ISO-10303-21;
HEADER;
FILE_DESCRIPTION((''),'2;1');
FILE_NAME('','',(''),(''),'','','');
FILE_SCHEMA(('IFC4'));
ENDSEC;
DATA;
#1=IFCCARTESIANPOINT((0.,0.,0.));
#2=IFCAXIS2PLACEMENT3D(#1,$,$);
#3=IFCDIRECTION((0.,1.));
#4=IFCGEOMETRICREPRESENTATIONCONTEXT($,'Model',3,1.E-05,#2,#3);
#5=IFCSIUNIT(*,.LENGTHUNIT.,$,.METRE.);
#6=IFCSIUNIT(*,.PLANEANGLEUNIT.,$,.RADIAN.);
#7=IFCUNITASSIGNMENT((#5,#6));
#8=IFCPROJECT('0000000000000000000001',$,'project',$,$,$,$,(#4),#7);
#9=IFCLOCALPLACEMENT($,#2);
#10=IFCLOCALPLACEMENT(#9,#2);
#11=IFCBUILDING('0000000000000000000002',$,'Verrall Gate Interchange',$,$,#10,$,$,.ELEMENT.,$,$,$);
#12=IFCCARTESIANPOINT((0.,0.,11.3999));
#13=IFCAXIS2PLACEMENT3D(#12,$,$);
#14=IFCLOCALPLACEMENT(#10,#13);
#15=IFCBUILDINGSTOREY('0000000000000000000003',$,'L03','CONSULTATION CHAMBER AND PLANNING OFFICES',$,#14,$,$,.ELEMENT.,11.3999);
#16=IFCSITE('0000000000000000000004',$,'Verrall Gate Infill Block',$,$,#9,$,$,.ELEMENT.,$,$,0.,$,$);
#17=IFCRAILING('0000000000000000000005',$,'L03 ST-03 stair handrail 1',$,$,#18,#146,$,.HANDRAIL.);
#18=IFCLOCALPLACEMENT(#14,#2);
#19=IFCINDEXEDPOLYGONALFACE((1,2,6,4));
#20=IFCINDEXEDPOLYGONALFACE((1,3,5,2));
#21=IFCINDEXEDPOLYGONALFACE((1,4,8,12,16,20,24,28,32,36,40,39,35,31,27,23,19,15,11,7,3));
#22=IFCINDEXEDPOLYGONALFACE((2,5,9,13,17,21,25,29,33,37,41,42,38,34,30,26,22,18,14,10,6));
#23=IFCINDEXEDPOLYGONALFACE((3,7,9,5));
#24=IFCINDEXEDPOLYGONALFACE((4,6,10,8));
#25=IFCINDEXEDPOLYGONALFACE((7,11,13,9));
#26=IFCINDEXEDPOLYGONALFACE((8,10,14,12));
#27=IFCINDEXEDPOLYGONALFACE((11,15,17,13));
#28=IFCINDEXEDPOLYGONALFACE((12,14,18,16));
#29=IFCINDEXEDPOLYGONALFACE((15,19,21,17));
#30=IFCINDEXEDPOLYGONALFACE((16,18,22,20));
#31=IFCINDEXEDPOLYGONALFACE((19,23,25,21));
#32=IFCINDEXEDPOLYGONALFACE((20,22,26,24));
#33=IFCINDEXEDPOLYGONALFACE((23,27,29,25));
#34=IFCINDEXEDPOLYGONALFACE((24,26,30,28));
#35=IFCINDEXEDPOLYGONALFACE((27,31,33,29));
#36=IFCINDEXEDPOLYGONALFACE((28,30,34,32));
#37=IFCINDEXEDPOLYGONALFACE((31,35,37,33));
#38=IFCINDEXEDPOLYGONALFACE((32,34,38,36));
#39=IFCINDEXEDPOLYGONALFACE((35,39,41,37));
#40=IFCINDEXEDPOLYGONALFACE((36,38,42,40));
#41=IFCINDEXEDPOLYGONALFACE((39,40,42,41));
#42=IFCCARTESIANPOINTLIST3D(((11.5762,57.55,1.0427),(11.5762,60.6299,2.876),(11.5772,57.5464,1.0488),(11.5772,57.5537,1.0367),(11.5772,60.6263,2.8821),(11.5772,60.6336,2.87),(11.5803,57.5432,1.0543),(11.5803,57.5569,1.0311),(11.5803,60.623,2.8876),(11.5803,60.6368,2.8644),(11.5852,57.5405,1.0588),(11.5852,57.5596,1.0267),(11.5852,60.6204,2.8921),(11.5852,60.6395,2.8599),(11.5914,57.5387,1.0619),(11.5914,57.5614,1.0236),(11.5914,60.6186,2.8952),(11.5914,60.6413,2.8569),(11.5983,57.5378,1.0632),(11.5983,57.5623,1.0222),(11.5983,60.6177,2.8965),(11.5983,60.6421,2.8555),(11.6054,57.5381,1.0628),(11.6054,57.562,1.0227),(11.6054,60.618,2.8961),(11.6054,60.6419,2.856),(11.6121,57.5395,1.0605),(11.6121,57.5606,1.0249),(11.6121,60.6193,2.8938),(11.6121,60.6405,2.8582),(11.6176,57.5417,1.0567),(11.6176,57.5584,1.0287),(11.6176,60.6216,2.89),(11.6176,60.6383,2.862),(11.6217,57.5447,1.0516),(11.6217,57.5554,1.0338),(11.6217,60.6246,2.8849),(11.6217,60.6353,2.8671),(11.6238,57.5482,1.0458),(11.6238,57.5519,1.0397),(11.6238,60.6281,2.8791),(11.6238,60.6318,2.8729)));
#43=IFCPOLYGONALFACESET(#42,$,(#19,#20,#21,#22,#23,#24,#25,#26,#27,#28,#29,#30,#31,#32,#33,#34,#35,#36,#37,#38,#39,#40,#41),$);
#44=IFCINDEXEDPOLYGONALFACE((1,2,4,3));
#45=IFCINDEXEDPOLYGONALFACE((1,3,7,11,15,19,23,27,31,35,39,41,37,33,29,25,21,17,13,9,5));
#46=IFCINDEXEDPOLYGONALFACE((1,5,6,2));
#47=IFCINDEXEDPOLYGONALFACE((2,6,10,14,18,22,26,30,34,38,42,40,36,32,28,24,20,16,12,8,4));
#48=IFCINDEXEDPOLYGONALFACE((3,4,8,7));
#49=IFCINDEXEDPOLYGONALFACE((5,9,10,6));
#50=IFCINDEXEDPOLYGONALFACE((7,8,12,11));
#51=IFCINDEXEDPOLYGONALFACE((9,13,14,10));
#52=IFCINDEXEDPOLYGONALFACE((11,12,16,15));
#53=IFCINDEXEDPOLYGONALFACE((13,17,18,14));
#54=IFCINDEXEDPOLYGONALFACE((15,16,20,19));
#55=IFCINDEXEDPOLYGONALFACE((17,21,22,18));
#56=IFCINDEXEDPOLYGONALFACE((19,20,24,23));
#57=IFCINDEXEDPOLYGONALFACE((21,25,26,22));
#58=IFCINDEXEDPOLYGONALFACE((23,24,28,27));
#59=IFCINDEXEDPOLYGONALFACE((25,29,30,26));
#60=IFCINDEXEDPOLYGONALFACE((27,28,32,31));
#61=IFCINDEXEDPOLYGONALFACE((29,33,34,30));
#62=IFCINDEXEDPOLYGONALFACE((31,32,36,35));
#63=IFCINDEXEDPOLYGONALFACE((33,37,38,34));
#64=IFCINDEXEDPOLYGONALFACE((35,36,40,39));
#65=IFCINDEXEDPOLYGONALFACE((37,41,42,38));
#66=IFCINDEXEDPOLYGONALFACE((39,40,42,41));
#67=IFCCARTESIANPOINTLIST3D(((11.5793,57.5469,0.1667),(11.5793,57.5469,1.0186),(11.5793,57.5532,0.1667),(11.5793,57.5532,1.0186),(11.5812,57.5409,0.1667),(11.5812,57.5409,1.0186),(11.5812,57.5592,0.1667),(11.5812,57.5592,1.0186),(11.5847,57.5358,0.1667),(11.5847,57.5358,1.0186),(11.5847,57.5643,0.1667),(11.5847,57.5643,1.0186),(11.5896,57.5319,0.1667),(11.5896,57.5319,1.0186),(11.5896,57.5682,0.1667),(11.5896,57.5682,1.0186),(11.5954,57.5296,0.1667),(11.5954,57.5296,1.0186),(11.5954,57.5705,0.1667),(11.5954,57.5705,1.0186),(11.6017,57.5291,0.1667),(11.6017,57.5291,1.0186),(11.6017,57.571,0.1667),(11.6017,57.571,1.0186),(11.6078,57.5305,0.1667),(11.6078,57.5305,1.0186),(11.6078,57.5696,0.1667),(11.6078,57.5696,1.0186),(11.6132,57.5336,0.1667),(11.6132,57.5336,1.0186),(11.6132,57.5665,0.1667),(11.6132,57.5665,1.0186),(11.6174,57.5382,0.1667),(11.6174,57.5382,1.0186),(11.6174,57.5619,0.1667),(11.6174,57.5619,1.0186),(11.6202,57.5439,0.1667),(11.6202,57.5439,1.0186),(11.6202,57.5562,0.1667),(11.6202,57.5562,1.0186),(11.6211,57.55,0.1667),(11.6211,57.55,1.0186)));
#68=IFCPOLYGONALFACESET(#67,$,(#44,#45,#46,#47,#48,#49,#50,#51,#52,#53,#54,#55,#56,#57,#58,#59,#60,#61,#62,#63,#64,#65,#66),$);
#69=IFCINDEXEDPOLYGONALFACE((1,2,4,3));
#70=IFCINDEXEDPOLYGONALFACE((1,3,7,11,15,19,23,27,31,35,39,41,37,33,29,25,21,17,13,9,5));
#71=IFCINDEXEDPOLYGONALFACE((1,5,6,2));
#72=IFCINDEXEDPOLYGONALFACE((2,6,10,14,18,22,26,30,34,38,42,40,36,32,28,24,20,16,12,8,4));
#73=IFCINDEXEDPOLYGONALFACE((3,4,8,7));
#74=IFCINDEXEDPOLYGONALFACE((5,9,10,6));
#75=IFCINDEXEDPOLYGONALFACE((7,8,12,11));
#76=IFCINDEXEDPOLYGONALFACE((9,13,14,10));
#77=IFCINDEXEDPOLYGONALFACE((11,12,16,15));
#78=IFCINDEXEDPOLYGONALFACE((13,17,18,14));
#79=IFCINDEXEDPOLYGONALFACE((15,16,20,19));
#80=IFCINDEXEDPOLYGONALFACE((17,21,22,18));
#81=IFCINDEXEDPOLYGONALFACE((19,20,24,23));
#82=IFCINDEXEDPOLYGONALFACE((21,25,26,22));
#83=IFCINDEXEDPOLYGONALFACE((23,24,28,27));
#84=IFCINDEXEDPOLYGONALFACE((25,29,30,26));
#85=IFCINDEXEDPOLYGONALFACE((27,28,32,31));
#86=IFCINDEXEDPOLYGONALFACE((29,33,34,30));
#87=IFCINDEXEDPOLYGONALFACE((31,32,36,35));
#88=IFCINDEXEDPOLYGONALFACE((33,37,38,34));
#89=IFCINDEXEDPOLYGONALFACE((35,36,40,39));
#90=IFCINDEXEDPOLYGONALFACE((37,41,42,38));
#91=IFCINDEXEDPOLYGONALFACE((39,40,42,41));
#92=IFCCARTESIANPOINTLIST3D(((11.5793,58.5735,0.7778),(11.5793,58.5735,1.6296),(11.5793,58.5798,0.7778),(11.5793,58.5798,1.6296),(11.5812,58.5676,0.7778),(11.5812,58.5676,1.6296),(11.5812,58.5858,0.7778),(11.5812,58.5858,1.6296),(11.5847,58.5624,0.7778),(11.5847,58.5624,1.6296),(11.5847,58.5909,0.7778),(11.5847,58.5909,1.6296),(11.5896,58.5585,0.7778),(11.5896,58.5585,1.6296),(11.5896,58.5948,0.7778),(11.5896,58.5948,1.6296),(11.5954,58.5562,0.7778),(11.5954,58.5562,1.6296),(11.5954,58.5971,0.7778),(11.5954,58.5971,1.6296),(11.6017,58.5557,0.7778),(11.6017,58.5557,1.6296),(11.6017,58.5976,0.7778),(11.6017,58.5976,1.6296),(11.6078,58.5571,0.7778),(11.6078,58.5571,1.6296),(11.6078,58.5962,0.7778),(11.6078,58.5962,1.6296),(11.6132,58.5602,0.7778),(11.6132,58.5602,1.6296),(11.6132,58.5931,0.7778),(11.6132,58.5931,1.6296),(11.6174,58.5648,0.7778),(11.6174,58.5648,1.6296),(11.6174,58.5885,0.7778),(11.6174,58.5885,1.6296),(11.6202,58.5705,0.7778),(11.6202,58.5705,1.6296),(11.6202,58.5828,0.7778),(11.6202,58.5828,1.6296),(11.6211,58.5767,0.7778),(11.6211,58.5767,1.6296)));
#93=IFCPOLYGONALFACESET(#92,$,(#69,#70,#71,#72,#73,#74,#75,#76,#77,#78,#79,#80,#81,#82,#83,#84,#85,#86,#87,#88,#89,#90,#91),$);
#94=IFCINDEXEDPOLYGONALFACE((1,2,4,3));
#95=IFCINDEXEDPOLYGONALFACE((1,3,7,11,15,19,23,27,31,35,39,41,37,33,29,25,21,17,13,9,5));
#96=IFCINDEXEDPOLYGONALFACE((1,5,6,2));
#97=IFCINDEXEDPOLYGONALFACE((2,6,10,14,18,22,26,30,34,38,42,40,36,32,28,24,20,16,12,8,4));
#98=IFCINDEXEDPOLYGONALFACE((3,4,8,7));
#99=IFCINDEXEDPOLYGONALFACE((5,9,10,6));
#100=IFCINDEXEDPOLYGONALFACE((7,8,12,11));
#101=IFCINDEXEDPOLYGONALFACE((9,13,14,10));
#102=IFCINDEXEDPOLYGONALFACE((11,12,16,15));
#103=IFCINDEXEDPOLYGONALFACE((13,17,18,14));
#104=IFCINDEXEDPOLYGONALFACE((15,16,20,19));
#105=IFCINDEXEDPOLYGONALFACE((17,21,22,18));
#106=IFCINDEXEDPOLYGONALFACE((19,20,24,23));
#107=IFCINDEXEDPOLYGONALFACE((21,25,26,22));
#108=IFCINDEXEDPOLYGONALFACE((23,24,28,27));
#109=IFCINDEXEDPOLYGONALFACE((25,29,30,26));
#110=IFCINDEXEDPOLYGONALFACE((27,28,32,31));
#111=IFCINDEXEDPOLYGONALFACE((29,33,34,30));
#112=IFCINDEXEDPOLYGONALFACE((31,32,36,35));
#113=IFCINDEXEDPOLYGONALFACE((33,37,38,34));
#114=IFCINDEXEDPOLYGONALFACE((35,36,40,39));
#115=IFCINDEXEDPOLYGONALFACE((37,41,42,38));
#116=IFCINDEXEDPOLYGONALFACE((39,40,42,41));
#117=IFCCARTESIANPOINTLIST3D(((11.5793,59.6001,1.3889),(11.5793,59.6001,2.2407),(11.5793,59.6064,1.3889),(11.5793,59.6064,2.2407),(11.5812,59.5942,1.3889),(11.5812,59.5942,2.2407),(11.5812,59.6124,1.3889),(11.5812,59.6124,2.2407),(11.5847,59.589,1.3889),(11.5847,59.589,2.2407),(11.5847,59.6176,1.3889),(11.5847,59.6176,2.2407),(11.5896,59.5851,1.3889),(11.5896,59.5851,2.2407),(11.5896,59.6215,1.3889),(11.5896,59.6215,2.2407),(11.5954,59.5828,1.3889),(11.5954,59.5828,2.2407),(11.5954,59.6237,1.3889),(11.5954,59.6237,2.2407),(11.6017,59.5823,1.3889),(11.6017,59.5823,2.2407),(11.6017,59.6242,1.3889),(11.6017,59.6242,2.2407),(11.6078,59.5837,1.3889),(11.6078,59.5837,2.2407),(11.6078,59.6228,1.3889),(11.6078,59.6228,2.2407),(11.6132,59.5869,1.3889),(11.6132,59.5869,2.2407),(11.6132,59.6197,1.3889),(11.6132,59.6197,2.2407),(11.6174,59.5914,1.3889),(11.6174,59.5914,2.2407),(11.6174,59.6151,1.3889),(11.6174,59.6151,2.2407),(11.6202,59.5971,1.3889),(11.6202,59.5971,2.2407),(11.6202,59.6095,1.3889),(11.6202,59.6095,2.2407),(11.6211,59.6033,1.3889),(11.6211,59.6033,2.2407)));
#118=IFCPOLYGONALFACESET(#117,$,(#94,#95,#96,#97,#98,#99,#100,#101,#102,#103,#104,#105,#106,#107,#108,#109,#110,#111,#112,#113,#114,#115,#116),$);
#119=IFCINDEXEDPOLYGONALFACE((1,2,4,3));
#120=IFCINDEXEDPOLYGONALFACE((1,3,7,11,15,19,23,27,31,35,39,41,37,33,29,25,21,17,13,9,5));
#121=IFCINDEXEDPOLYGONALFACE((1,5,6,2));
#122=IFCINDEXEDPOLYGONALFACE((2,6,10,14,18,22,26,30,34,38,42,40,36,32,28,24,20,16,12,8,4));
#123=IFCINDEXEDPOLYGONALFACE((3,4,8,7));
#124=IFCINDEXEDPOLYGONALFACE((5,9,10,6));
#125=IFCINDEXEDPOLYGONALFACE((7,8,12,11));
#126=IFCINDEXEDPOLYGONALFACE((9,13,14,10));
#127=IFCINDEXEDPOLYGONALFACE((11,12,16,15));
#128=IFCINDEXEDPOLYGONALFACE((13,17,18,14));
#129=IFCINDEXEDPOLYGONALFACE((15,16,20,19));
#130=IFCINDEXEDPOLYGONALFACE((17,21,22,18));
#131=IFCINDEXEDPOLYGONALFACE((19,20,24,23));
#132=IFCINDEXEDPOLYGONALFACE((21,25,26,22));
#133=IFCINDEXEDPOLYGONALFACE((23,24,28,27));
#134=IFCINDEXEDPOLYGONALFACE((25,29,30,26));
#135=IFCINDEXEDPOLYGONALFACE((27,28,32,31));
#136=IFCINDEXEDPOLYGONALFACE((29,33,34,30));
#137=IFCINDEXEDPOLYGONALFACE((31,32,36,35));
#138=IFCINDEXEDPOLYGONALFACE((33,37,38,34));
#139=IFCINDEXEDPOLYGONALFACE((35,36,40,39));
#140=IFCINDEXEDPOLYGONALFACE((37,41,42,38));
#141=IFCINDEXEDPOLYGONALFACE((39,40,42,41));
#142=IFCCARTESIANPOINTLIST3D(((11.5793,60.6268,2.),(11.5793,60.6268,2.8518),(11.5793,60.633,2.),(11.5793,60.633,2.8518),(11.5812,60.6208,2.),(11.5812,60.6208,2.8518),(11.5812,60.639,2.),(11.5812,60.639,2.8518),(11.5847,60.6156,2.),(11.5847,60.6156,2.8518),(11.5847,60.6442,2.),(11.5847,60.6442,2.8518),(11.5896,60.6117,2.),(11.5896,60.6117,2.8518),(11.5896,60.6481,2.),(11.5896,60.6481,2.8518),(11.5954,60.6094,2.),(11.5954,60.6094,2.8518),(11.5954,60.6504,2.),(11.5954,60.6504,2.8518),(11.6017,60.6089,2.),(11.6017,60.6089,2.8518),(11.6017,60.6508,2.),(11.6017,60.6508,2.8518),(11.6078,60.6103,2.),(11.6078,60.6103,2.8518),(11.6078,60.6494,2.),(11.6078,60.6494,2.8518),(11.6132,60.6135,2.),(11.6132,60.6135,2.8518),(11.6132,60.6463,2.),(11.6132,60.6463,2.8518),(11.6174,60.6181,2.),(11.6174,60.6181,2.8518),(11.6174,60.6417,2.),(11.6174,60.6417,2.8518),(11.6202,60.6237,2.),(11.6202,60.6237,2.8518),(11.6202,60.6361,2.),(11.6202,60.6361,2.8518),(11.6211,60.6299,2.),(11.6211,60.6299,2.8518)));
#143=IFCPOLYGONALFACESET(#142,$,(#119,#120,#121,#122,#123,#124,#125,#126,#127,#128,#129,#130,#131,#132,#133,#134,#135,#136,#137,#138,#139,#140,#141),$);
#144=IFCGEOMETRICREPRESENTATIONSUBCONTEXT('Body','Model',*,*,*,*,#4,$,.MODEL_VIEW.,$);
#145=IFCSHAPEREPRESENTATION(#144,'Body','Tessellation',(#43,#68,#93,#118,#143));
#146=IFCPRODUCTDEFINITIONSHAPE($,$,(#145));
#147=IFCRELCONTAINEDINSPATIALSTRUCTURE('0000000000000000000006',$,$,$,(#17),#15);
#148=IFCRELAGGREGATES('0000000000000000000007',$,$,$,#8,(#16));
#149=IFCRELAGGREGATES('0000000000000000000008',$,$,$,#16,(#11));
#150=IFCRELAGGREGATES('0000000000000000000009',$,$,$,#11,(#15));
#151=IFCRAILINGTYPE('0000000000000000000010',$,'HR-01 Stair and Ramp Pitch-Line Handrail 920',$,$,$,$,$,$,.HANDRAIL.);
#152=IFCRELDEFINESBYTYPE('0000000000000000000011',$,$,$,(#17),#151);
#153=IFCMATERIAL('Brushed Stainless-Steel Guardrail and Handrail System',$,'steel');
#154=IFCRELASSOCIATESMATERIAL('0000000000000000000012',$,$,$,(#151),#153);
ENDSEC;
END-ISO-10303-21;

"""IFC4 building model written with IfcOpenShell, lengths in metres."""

from ifc_helpers import new_model, si_unit, direction, frame, origin, origin_2d, place, context, subcontext, project, spatial, circle, extrude, material, type_object, element, save


model = new_model("IFC4")

# Units and contexts
model_context = context("Model", 3, precision=1e-05, world=origin(), true_north=direction((0.0, 1.0)))
body_context = subcontext(model_context, "Body", "Model", "MODEL_VIEW")
ifc_project = project(units=[si_unit("LENGTHUNIT", "METRE"), si_unit("PLANEANGLEUNIT", "RADIAN")], contexts=[model_context])

# Site, building, storey
site_placement = place(None, origin())
site = spatial("IfcSite", under=ifc_project, at=site_placement, Name="Verrall Gate Infill Block", CompositionType="ELEMENT", RefElevation=0.0)
building_placement = place(site_placement, origin())
building = spatial("IfcBuilding", under=site, at=building_placement, Name="Verrall Gate Interchange", CompositionType="ELEMENT")
storey_placement = place(building_placement, frame((0.0, 0.0, 11.3999)))
storey = spatial("IfcBuildingStorey", under=building, at=storey_placement, Name="L03", Description="CONSULTATION CHAMBER AND PLANNING OFFICES", CompositionType="ELEMENT", Elevation=11.3999)

# Railing
ifc_material_1 = material(Name="Brushed Stainless-Steel Guardrail and Handrail System", Category="steel")
railing_type_1 = type_object("IfcRailingType", Name="HR-01 Stair and Ramp Pitch-Line Handrail 920", PredefinedType="HANDRAIL", material=ifc_material_1)
railing_1_placement = place(storey_placement, frame((11.6001, 57.55, 0.1667)))
element("IfcRailing", 1, at=railing_1_placement, inside=storey, type_object=railing_type_1, Name="L03 ST-03 stair handrail 1", PredefinedType="HANDRAIL", context=body_context, shape_type="SweptSolid", body=[
    extrude(circle(Radius=0.0239, at=origin_2d()), frame((0.0, 0.0, 0.876), z_axis=(0.0, 0.859291, 0.511487), x_axis=(-1.0, 0.0, 0.0)), (0.0, 0.0, 1.0), 3.5842),
    extrude(circle(Radius=0.021, at=origin_2d()), origin(), (0.0, 0.0, 1.0), 0.8518),
    extrude(circle(Radius=0.021, at=origin_2d()), frame((0.0, 1.0266, 0.6111)), (0.0, 0.0, 1.0), 0.8518),
    extrude(circle(Radius=0.021, at=origin_2d()), frame((0.0, 2.0532, 1.2222)), (0.0, 0.0, 1.0), 0.8518),
    extrude(circle(Radius=0.021, at=origin_2d()), frame((0.0, 3.0798, 1.8333)), (0.0, 0.0, 1.0), 0.8518),
])

save(model, "model.ifc")
